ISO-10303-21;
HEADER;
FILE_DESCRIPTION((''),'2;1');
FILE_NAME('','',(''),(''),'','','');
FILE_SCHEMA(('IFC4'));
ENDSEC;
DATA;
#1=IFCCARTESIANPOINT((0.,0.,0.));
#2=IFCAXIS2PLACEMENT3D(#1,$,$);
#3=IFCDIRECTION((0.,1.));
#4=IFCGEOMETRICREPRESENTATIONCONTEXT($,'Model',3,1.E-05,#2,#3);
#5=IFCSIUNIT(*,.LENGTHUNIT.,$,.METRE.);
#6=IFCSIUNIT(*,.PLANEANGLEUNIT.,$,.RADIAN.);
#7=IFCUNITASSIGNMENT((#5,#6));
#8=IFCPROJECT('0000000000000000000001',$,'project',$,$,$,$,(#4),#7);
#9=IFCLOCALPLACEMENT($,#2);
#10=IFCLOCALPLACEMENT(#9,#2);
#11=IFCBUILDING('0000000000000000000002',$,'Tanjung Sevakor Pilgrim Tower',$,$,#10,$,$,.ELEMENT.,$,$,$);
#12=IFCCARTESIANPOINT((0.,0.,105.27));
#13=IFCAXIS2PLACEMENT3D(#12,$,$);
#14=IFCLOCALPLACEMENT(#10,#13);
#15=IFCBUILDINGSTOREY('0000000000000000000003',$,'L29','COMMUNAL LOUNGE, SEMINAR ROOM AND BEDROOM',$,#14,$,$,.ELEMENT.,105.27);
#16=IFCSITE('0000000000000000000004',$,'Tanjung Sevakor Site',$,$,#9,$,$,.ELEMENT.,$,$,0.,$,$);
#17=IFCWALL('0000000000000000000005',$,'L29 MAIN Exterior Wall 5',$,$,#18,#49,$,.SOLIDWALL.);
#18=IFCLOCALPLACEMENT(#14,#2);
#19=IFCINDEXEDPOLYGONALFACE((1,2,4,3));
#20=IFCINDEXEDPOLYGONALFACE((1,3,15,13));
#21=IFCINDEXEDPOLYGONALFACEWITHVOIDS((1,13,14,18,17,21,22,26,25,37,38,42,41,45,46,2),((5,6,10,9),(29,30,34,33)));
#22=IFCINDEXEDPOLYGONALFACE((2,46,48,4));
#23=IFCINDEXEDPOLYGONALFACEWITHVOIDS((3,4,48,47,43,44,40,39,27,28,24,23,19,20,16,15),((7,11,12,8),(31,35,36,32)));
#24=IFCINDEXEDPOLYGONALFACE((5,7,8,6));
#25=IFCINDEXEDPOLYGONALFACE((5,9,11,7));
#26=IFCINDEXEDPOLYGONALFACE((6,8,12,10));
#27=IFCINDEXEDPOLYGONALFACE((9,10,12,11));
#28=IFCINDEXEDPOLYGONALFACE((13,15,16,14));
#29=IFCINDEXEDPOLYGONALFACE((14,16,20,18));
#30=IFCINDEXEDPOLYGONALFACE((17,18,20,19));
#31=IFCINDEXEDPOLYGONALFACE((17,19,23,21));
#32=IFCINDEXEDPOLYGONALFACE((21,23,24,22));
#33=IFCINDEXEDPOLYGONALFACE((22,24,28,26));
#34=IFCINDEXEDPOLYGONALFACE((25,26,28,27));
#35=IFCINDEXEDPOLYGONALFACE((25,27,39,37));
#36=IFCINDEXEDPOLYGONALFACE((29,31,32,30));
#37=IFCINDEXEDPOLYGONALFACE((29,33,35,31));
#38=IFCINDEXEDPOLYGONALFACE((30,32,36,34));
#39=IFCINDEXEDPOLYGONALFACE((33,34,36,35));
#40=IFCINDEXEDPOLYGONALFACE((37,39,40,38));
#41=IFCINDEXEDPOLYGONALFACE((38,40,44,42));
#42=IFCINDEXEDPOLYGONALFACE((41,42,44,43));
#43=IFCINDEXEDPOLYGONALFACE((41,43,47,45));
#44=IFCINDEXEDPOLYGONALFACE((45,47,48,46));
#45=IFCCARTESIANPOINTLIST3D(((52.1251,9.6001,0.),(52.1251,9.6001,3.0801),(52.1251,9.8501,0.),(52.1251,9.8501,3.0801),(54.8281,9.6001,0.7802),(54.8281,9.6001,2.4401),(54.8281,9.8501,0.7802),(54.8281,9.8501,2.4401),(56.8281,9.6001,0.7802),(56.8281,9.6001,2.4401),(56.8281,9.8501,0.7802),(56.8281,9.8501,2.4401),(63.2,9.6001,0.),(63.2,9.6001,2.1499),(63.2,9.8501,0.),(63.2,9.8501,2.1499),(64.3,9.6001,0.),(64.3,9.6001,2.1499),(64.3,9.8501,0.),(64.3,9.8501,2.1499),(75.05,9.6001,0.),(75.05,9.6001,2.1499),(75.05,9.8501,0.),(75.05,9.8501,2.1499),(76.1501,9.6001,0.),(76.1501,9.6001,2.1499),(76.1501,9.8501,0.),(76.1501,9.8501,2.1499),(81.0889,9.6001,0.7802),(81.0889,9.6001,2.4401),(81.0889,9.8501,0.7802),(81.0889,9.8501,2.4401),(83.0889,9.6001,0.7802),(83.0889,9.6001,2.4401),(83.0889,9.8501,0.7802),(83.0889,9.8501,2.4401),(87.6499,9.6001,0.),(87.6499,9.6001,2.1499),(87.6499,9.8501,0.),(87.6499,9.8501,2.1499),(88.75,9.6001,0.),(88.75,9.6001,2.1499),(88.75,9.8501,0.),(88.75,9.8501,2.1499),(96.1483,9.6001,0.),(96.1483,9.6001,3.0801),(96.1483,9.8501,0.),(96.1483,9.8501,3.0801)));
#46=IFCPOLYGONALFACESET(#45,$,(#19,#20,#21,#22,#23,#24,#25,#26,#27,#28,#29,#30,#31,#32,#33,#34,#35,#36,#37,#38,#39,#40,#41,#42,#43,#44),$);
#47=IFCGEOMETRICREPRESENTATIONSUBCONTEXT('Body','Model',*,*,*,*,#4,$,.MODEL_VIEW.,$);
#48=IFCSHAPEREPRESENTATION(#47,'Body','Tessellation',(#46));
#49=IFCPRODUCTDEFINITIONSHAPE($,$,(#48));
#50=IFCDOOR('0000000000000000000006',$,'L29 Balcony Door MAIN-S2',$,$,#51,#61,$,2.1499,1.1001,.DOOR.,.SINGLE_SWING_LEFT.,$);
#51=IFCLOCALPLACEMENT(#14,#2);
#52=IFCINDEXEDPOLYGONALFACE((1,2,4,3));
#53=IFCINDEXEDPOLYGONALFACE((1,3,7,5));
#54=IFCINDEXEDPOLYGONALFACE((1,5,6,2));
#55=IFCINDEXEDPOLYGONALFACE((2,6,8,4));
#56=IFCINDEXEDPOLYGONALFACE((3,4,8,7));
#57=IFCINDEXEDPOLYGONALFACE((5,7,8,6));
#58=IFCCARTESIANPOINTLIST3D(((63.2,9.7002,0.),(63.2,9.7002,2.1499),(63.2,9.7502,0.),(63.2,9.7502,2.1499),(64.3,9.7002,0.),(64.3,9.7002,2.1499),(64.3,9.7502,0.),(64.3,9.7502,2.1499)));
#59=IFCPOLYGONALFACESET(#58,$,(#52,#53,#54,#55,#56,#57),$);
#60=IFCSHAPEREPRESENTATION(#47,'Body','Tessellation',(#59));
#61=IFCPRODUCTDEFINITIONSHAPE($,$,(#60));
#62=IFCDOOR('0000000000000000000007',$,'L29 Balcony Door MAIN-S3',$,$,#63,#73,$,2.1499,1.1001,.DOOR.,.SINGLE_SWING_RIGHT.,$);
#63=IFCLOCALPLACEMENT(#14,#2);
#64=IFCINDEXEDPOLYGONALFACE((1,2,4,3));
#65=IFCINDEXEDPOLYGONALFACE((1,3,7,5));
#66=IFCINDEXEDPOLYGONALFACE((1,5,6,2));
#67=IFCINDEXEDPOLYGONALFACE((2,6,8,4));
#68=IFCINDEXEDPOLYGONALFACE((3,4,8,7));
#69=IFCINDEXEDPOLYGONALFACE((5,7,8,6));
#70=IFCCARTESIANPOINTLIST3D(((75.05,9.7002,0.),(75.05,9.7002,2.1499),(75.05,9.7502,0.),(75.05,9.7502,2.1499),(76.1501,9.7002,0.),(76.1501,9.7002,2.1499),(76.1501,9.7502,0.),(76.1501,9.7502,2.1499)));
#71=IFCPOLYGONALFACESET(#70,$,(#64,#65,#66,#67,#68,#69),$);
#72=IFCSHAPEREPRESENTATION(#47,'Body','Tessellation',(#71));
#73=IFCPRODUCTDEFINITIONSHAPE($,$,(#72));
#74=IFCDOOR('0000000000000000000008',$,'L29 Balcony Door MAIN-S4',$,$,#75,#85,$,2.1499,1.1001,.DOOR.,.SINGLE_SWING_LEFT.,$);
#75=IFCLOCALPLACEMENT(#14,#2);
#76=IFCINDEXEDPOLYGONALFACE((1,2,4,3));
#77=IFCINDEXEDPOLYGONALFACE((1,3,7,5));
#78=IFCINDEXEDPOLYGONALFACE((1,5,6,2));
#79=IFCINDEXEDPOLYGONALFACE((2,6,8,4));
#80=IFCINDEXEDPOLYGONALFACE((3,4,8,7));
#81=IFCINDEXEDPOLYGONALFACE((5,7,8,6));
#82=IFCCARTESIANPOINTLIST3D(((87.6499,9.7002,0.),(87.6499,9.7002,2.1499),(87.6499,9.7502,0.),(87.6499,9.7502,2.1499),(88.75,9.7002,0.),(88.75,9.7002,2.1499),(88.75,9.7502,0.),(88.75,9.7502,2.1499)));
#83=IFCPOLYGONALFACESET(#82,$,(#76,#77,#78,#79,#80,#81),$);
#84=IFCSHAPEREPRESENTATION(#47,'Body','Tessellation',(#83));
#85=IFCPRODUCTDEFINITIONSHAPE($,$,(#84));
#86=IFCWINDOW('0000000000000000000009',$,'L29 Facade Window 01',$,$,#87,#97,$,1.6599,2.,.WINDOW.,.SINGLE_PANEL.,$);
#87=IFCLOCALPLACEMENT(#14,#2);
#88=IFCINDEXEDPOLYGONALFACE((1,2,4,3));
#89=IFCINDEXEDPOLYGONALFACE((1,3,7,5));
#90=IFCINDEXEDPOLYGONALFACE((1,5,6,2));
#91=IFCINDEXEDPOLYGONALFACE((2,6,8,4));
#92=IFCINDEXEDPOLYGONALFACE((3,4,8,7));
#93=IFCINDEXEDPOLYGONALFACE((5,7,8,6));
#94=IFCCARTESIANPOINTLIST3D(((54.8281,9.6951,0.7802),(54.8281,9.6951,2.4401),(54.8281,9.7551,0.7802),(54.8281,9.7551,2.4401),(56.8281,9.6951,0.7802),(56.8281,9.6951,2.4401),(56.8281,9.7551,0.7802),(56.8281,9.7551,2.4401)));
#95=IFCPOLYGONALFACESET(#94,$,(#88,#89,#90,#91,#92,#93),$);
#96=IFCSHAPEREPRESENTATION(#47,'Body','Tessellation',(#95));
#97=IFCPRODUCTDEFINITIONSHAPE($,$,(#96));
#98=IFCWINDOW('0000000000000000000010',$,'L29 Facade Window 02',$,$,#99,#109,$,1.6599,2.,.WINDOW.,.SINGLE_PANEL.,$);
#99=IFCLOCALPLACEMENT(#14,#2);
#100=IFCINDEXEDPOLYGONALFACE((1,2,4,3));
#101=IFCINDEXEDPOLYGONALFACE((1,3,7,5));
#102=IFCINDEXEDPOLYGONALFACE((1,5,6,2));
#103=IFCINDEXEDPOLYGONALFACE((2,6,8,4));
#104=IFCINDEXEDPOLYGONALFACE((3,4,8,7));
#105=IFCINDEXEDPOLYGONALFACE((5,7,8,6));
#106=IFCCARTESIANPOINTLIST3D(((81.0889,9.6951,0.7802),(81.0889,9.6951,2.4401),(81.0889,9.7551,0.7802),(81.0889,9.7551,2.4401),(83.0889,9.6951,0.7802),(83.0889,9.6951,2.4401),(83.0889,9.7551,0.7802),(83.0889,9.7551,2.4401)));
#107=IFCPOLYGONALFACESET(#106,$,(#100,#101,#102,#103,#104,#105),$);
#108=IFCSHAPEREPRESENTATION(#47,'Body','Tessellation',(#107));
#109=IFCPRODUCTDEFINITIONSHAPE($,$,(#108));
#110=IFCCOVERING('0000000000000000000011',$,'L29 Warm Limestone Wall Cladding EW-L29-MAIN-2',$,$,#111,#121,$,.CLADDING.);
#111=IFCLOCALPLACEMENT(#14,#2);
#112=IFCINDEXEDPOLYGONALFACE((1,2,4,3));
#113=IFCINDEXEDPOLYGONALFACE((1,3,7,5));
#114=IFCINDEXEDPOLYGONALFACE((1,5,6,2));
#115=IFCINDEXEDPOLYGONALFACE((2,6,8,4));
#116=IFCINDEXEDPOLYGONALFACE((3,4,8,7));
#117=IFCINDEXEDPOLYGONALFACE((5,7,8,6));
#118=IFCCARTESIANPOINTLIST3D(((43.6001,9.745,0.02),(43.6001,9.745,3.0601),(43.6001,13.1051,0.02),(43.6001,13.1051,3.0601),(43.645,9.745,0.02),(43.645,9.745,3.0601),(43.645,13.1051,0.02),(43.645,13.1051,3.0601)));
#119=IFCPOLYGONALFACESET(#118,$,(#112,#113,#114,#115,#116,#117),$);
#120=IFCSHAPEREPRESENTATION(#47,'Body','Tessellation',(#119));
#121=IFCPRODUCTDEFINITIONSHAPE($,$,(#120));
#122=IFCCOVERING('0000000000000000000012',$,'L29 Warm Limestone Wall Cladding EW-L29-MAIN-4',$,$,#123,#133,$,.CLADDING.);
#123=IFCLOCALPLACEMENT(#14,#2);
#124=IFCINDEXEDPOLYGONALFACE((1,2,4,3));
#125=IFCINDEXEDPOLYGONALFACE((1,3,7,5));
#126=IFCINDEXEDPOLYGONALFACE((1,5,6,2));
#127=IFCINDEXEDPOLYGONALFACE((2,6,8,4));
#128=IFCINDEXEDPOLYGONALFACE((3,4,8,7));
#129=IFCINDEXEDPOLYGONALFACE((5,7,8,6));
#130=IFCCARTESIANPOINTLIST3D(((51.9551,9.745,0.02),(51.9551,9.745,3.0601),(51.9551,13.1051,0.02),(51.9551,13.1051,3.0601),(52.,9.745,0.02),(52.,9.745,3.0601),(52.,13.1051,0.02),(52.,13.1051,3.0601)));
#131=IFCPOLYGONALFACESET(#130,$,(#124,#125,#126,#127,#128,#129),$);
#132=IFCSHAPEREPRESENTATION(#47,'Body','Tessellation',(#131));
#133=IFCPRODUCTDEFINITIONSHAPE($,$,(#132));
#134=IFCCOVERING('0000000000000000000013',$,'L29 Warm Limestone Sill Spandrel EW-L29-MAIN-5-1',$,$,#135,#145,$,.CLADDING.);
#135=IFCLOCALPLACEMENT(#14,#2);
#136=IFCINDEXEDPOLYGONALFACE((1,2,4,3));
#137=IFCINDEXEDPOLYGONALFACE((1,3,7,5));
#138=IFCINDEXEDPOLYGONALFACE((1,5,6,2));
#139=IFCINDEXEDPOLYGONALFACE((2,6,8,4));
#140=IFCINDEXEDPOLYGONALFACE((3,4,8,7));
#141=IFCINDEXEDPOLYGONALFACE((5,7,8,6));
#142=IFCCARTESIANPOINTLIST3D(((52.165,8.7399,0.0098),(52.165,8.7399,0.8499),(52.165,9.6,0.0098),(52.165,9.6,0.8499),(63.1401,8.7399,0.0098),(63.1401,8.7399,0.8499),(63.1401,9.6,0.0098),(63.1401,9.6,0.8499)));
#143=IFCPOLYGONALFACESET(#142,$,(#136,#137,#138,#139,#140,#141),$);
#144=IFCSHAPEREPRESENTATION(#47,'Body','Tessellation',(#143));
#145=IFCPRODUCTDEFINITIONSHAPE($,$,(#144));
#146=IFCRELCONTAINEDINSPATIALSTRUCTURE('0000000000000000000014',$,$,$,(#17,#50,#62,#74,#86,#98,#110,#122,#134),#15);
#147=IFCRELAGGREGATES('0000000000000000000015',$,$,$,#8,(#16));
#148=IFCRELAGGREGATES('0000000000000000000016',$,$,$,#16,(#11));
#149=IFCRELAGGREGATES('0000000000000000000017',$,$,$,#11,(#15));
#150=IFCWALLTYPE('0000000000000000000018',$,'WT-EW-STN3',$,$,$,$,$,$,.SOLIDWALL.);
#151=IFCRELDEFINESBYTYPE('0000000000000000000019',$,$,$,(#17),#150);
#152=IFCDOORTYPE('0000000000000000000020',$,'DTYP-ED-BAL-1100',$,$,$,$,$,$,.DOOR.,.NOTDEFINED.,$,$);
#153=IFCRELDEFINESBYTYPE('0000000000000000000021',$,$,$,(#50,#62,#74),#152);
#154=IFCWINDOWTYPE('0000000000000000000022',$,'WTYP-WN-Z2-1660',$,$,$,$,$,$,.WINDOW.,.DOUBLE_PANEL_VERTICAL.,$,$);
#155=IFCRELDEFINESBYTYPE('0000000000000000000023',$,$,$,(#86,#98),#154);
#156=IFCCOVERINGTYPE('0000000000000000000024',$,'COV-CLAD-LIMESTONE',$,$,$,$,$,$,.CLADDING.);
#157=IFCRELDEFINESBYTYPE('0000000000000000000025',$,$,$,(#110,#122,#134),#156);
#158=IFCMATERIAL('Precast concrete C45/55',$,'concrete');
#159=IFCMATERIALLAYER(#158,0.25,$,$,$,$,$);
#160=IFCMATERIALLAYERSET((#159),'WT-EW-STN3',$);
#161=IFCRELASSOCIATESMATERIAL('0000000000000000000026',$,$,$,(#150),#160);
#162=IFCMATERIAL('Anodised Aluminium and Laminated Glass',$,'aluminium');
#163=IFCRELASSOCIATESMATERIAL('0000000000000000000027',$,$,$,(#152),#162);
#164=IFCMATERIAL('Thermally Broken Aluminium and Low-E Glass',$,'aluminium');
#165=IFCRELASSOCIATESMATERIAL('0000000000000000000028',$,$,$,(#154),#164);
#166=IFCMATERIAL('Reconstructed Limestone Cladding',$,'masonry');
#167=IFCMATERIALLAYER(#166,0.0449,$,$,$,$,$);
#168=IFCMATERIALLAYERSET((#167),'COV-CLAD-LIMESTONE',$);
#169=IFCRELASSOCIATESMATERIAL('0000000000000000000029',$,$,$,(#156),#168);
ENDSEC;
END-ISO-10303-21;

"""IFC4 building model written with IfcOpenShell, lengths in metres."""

from ifc_helpers import new_model, si_unit, direction, frame, frame_2d, origin, origin_2d, place, context, subcontext, project, spatial, rectangle, extrude, material, layer, layer_set, type_object, element, fill, save


model = new_model("IFC4")

# Units and contexts
model_context = context("Model", 3, precision=1e-05, world=origin(), true_north=direction((0.0, 1.0)))
body_context = subcontext(model_context, "Body", "Model", "MODEL_VIEW")
ifc_project = project(units=[si_unit("LENGTHUNIT", "METRE"), si_unit("PLANEANGLEUNIT", "RADIAN")], contexts=[model_context])

# Site, building, storey
site_placement = place(None, origin())
site = spatial("IfcSite", under=ifc_project, at=site_placement, Name="Tanjung Sevakor Site", CompositionType="ELEMENT", RefElevation=0.0)
building_placement = place(site_placement, origin())
building = spatial("IfcBuilding", under=site, at=building_placement, Name="Tanjung Sevakor Pilgrim Tower", CompositionType="ELEMENT")
storey_placement = place(building_placement, frame((0.0, 0.0, 105.27)))
storey = spatial("IfcBuildingStorey", under=building, at=storey_placement, Name="L29", Description="COMMUNAL LOUNGE, SEMINAR ROOM AND BEDROOM", CompositionType="ELEMENT", Elevation=105.27)

# Shared definitions
ifc_material_1 = material(Name="Precast concrete C45/55", Category="concrete")
ifc_layer_1 = layer(ifc_material_1, 0.25)
ifc_layer_set_1 = layer_set([ifc_layer_1], Name="WT-EW-STN3")
wall_type_1 = type_object("IfcWallType", Name="WT-EW-STN3", PredefinedType="SOLIDWALL", material=ifc_layer_set_1)

# Wall, openings, doors, windows
wall_1_placement = place(storey_placement, frame((52.125, 9.7251, 0.0), z_axis=(0.0, 0.0, 1.0), x_axis=(1.0, 0.0, 0.0)))
wall_1 = element("IfcWall", 1, at=wall_1_placement, inside=storey, type_object=wall_type_1, Name="L29 MAIN Exterior Wall 5", PredefinedType="SOLIDWALL", context=body_context, shape_type="SweptSolid", body=[
    extrude(rectangle(XDim=44.0232, YDim=0.25, at=frame_2d((22.0117, 0.0))), origin(), (0.0, 0.0, 1.0), 3.0801),
])
opening_1_placement = place(wall_1_placement, frame((11.075, 0.0, 0.0)))
opening_1 = element("IfcOpeningElement", 2, at=opening_1_placement, cuts=wall_1, PredefinedType="OPENING", context=body_context, shape_type="SweptSolid", body=[
    extrude(rectangle(XDim=1.1001, YDim=2.1499, at=frame_2d((0.55, 1.075))), frame((0.0, 0.135, 0.0), z_axis=(0.0, -1.0, 0.0), x_axis=(1.0, 0.0, 0.0)), (0.0, 0.0, 1.0), 0.27),
])
opening_2_placement = place(wall_1_placement, frame((22.925, 0.0, 0.0)))
opening_2 = element("IfcOpeningElement", 3, at=opening_2_placement, cuts=wall_1, PredefinedType="OPENING", context=body_context, shape_type="SweptSolid", body=[
    extrude(rectangle(XDim=1.1001, YDim=2.1499, at=frame_2d((0.55, 1.075))), frame((0.0, 0.135, 0.0), z_axis=(0.0, -1.0, 0.0), x_axis=(1.0, 0.0, 0.0)), (0.0, 0.0, 1.0), 0.27),
])
opening_3_placement = place(wall_1_placement, frame((35.5249, 0.0, 0.0)))
opening_3 = element("IfcOpeningElement", 4, at=opening_3_placement, cuts=wall_1, PredefinedType="OPENING", context=body_context, shape_type="SweptSolid", body=[
    extrude(rectangle(XDim=1.1001, YDim=2.1499, at=frame_2d((0.55, 1.075))), frame((0.0, 0.135, 0.0), z_axis=(0.0, -1.0, 0.0), x_axis=(1.0, 0.0, 0.0)), (0.0, 0.0, 1.0), 0.27),
])
opening_4_placement = place(wall_1_placement, frame((2.7031, 0.0, 0.78)))
opening_4 = element("IfcOpeningElement", 5, at=opening_4_placement, cuts=wall_1, PredefinedType="OPENING", context=body_context, shape_type="SweptSolid", body=[
    extrude(rectangle(XDim=2.0, YDim=1.6599, at=frame_2d((1.0, 0.8301))), frame((0.0, 0.135, 0.0), z_axis=(0.0, -1.0, 0.0), x_axis=(1.0, 0.0, 0.0)), (0.0, 0.0, 1.0), 0.27),
])
opening_5_placement = place(wall_1_placement, frame((28.9639, 0.0, 0.78)))
opening_5 = element("IfcOpeningElement", 6, at=opening_5_placement, cuts=wall_1, PredefinedType="OPENING", context=body_context, shape_type="SweptSolid", body=[
    extrude(rectangle(XDim=2.0, YDim=1.6599, at=frame_2d((1.0, 0.8301))), frame((0.0, 0.135, 0.0), z_axis=(0.0, -1.0, 0.0), x_axis=(1.0, 0.0, 0.0)), (0.0, 0.0, 1.0), 0.27),
])
ifc_material_2 = material(Name="Anodised Aluminium and Laminated Glass", Category="aluminium")
door_type_1 = type_object("IfcDoorType", Name="DTYP-ED-BAL-1100", OperationType="NOTDEFINED", PredefinedType="DOOR", material=ifc_material_2)
door_1_placement = place(opening_1_placement, frame((1.1001, 0.0, 0.0), z_axis=(0.0, 0.0, 1.0), x_axis=(-1.0, 0.0, 0.0)))
door_1 = element("IfcDoor", 7, at=door_1_placement, inside=storey, type_object=door_type_1, Name="L29 Balcony Door MAIN-S2", OperationType="SINGLE_SWING_LEFT", OverallHeight=2.1499, OverallWidth=1.1001, PredefinedType="DOOR", context=body_context, shape_type="SweptSolid", body=[
    extrude(rectangle(XDim=1.1001, YDim=2.1499, at=frame_2d((0.55, 1.075))), frame((0.0, 0.0249, 0.0), z_axis=(0.0, -1.0, 0.0), x_axis=(1.0, 0.0, 0.0)), (0.0, 0.0, 1.0), 0.05),
])
fill(opening_1, door_1)
door_2_placement = place(opening_2_placement, frame((1.1001, 0.0, 0.0), z_axis=(0.0, 0.0, 1.0), x_axis=(-1.0, 0.0, 0.0)))
door_2 = element("IfcDoor", 8, at=door_2_placement, inside=storey, type_object=door_type_1, Name="L29 Balcony Door MAIN-S3", OperationType="SINGLE_SWING_RIGHT", OverallHeight=2.1499, OverallWidth=1.1001, PredefinedType="DOOR", context=body_context, shape_type="SweptSolid", body=[
    extrude(rectangle(XDim=1.1001, YDim=2.1499, at=frame_2d((0.55, 1.075))), frame((0.0, 0.0249, 0.0), z_axis=(0.0, -1.0, 0.0), x_axis=(1.0, 0.0, 0.0)), (0.0, 0.0, 1.0), 0.05),
])
fill(opening_2, door_2)
door_3_placement = place(opening_3_placement, frame((1.1001, 0.0, 0.0), z_axis=(0.0, 0.0, 1.0), x_axis=(-1.0, 0.0, 0.0)))
door_3 = element("IfcDoor", 9, at=door_3_placement, inside=storey, type_object=door_type_1, Name="L29 Balcony Door MAIN-S4", OperationType="SINGLE_SWING_LEFT", OverallHeight=2.1499, OverallWidth=1.1001, PredefinedType="DOOR", context=body_context, shape_type="SweptSolid", body=[
    extrude(rectangle(XDim=1.1001, YDim=2.1499, at=frame_2d((0.55, 1.075))), frame((0.0, 0.0249, 0.0), z_axis=(0.0, -1.0, 0.0), x_axis=(1.0, 0.0, 0.0)), (0.0, 0.0, 1.0), 0.05),
])
fill(opening_3, door_3)
ifc_material_3 = material(Name="Thermally Broken Aluminium and Low-E Glass", Category="aluminium")
window_type = type_object("IfcWindowType", Name="WTYP-WN-Z2-1660", PartitioningType="DOUBLE_PANEL_VERTICAL", PredefinedType="WINDOW", material=ifc_material_3)
window_1_placement = place(opening_4_placement, origin())
window_1 = element("IfcWindow", 10, at=window_1_placement, inside=storey, type_object=window_type, Name="L29 Facade Window 01", OverallHeight=1.6599, OverallWidth=2.0, PartitioningType="SINGLE_PANEL", PredefinedType="WINDOW", context=body_context, shape_type="SweptSolid", body=[
    extrude(rectangle(XDim=2.0, YDim=1.6599, at=frame_2d((1.0, 0.8301))), frame((0.0, 0.03, 0.0), z_axis=(0.0, -1.0, 0.0), x_axis=(1.0, 0.0, 0.0)), (0.0, 0.0, 1.0), 0.0601),
])
fill(opening_4, window_1)
window_2_placement = place(opening_5_placement, origin())
window_2 = element("IfcWindow", 11, at=window_2_placement, inside=storey, type_object=window_type, Name="L29 Facade Window 02", OverallHeight=1.6599, OverallWidth=2.0, PartitioningType="SINGLE_PANEL", PredefinedType="WINDOW", context=body_context, shape_type="SweptSolid", body=[
    extrude(rectangle(XDim=2.0, YDim=1.6599, at=frame_2d((1.0, 0.8301))), frame((0.0, 0.03, 0.0), z_axis=(0.0, -1.0, 0.0), x_axis=(1.0, 0.0, 0.0)), (0.0, 0.0, 1.0), 0.0601),
])
fill(opening_5, window_2)

# Coverings
ifc_material_4 = material(Name="Reconstructed Limestone Cladding", Category="masonry")
ifc_layer_2 = layer(ifc_material_4, 0.0449)
ifc_layer_set_2 = layer_set([ifc_layer_2], Name="COV-CLAD-LIMESTONE")
covering_type = type_object("IfcCoveringType", Name="COV-CLAD-LIMESTONE", PredefinedType="CLADDING", material=ifc_layer_set_2)
for number, where, z_axis, x_axis, name in (
    (12, (43.6226, 11.425, 0.02), (0.0, 0.0, 1.0), (0.0, 1.0, 0.0), "L29 Warm Limestone Wall Cladding EW-L29-MAIN-2"),
    (13, (51.9775, 11.425, 0.02), (0.0, 0.0, 1.0), (0.0, -1.0, 0.0), "L29 Warm Limestone Wall Cladding EW-L29-MAIN-4"),
):
    element("IfcCovering", number, at=place(storey_placement, frame(where, z_axis=z_axis, x_axis=x_axis)), inside=storey, type_object=covering_type, Name=name, PredefinedType="CLADDING", context=body_context, shape_type="SweptSolid", body=[
        extrude(rectangle(XDim=3.3601, YDim=0.0449, at=origin_2d()), origin(), (0.0, 0.0, 1.0), 3.04),
    ])
covering_placement = place(storey_placement, frame((57.6526, 9.1699, 0.0098), z_axis=(0.0, 0.0, 1.0), x_axis=(1.0, 0.0, 0.0)))
element("IfcCovering", 14, at=covering_placement, inside=storey, type_object=covering_type, Name="L29 Warm Limestone Sill Spandrel EW-L29-MAIN-5-1", PredefinedType="CLADDING", context=body_context, shape_type="SweptSolid", body=[
    extrude(rectangle(XDim=10.9751, YDim=0.8601, at=origin_2d()), origin(), (0.0, 0.0, 1.0), 0.8401),
])

save(model, "model.ifc")
